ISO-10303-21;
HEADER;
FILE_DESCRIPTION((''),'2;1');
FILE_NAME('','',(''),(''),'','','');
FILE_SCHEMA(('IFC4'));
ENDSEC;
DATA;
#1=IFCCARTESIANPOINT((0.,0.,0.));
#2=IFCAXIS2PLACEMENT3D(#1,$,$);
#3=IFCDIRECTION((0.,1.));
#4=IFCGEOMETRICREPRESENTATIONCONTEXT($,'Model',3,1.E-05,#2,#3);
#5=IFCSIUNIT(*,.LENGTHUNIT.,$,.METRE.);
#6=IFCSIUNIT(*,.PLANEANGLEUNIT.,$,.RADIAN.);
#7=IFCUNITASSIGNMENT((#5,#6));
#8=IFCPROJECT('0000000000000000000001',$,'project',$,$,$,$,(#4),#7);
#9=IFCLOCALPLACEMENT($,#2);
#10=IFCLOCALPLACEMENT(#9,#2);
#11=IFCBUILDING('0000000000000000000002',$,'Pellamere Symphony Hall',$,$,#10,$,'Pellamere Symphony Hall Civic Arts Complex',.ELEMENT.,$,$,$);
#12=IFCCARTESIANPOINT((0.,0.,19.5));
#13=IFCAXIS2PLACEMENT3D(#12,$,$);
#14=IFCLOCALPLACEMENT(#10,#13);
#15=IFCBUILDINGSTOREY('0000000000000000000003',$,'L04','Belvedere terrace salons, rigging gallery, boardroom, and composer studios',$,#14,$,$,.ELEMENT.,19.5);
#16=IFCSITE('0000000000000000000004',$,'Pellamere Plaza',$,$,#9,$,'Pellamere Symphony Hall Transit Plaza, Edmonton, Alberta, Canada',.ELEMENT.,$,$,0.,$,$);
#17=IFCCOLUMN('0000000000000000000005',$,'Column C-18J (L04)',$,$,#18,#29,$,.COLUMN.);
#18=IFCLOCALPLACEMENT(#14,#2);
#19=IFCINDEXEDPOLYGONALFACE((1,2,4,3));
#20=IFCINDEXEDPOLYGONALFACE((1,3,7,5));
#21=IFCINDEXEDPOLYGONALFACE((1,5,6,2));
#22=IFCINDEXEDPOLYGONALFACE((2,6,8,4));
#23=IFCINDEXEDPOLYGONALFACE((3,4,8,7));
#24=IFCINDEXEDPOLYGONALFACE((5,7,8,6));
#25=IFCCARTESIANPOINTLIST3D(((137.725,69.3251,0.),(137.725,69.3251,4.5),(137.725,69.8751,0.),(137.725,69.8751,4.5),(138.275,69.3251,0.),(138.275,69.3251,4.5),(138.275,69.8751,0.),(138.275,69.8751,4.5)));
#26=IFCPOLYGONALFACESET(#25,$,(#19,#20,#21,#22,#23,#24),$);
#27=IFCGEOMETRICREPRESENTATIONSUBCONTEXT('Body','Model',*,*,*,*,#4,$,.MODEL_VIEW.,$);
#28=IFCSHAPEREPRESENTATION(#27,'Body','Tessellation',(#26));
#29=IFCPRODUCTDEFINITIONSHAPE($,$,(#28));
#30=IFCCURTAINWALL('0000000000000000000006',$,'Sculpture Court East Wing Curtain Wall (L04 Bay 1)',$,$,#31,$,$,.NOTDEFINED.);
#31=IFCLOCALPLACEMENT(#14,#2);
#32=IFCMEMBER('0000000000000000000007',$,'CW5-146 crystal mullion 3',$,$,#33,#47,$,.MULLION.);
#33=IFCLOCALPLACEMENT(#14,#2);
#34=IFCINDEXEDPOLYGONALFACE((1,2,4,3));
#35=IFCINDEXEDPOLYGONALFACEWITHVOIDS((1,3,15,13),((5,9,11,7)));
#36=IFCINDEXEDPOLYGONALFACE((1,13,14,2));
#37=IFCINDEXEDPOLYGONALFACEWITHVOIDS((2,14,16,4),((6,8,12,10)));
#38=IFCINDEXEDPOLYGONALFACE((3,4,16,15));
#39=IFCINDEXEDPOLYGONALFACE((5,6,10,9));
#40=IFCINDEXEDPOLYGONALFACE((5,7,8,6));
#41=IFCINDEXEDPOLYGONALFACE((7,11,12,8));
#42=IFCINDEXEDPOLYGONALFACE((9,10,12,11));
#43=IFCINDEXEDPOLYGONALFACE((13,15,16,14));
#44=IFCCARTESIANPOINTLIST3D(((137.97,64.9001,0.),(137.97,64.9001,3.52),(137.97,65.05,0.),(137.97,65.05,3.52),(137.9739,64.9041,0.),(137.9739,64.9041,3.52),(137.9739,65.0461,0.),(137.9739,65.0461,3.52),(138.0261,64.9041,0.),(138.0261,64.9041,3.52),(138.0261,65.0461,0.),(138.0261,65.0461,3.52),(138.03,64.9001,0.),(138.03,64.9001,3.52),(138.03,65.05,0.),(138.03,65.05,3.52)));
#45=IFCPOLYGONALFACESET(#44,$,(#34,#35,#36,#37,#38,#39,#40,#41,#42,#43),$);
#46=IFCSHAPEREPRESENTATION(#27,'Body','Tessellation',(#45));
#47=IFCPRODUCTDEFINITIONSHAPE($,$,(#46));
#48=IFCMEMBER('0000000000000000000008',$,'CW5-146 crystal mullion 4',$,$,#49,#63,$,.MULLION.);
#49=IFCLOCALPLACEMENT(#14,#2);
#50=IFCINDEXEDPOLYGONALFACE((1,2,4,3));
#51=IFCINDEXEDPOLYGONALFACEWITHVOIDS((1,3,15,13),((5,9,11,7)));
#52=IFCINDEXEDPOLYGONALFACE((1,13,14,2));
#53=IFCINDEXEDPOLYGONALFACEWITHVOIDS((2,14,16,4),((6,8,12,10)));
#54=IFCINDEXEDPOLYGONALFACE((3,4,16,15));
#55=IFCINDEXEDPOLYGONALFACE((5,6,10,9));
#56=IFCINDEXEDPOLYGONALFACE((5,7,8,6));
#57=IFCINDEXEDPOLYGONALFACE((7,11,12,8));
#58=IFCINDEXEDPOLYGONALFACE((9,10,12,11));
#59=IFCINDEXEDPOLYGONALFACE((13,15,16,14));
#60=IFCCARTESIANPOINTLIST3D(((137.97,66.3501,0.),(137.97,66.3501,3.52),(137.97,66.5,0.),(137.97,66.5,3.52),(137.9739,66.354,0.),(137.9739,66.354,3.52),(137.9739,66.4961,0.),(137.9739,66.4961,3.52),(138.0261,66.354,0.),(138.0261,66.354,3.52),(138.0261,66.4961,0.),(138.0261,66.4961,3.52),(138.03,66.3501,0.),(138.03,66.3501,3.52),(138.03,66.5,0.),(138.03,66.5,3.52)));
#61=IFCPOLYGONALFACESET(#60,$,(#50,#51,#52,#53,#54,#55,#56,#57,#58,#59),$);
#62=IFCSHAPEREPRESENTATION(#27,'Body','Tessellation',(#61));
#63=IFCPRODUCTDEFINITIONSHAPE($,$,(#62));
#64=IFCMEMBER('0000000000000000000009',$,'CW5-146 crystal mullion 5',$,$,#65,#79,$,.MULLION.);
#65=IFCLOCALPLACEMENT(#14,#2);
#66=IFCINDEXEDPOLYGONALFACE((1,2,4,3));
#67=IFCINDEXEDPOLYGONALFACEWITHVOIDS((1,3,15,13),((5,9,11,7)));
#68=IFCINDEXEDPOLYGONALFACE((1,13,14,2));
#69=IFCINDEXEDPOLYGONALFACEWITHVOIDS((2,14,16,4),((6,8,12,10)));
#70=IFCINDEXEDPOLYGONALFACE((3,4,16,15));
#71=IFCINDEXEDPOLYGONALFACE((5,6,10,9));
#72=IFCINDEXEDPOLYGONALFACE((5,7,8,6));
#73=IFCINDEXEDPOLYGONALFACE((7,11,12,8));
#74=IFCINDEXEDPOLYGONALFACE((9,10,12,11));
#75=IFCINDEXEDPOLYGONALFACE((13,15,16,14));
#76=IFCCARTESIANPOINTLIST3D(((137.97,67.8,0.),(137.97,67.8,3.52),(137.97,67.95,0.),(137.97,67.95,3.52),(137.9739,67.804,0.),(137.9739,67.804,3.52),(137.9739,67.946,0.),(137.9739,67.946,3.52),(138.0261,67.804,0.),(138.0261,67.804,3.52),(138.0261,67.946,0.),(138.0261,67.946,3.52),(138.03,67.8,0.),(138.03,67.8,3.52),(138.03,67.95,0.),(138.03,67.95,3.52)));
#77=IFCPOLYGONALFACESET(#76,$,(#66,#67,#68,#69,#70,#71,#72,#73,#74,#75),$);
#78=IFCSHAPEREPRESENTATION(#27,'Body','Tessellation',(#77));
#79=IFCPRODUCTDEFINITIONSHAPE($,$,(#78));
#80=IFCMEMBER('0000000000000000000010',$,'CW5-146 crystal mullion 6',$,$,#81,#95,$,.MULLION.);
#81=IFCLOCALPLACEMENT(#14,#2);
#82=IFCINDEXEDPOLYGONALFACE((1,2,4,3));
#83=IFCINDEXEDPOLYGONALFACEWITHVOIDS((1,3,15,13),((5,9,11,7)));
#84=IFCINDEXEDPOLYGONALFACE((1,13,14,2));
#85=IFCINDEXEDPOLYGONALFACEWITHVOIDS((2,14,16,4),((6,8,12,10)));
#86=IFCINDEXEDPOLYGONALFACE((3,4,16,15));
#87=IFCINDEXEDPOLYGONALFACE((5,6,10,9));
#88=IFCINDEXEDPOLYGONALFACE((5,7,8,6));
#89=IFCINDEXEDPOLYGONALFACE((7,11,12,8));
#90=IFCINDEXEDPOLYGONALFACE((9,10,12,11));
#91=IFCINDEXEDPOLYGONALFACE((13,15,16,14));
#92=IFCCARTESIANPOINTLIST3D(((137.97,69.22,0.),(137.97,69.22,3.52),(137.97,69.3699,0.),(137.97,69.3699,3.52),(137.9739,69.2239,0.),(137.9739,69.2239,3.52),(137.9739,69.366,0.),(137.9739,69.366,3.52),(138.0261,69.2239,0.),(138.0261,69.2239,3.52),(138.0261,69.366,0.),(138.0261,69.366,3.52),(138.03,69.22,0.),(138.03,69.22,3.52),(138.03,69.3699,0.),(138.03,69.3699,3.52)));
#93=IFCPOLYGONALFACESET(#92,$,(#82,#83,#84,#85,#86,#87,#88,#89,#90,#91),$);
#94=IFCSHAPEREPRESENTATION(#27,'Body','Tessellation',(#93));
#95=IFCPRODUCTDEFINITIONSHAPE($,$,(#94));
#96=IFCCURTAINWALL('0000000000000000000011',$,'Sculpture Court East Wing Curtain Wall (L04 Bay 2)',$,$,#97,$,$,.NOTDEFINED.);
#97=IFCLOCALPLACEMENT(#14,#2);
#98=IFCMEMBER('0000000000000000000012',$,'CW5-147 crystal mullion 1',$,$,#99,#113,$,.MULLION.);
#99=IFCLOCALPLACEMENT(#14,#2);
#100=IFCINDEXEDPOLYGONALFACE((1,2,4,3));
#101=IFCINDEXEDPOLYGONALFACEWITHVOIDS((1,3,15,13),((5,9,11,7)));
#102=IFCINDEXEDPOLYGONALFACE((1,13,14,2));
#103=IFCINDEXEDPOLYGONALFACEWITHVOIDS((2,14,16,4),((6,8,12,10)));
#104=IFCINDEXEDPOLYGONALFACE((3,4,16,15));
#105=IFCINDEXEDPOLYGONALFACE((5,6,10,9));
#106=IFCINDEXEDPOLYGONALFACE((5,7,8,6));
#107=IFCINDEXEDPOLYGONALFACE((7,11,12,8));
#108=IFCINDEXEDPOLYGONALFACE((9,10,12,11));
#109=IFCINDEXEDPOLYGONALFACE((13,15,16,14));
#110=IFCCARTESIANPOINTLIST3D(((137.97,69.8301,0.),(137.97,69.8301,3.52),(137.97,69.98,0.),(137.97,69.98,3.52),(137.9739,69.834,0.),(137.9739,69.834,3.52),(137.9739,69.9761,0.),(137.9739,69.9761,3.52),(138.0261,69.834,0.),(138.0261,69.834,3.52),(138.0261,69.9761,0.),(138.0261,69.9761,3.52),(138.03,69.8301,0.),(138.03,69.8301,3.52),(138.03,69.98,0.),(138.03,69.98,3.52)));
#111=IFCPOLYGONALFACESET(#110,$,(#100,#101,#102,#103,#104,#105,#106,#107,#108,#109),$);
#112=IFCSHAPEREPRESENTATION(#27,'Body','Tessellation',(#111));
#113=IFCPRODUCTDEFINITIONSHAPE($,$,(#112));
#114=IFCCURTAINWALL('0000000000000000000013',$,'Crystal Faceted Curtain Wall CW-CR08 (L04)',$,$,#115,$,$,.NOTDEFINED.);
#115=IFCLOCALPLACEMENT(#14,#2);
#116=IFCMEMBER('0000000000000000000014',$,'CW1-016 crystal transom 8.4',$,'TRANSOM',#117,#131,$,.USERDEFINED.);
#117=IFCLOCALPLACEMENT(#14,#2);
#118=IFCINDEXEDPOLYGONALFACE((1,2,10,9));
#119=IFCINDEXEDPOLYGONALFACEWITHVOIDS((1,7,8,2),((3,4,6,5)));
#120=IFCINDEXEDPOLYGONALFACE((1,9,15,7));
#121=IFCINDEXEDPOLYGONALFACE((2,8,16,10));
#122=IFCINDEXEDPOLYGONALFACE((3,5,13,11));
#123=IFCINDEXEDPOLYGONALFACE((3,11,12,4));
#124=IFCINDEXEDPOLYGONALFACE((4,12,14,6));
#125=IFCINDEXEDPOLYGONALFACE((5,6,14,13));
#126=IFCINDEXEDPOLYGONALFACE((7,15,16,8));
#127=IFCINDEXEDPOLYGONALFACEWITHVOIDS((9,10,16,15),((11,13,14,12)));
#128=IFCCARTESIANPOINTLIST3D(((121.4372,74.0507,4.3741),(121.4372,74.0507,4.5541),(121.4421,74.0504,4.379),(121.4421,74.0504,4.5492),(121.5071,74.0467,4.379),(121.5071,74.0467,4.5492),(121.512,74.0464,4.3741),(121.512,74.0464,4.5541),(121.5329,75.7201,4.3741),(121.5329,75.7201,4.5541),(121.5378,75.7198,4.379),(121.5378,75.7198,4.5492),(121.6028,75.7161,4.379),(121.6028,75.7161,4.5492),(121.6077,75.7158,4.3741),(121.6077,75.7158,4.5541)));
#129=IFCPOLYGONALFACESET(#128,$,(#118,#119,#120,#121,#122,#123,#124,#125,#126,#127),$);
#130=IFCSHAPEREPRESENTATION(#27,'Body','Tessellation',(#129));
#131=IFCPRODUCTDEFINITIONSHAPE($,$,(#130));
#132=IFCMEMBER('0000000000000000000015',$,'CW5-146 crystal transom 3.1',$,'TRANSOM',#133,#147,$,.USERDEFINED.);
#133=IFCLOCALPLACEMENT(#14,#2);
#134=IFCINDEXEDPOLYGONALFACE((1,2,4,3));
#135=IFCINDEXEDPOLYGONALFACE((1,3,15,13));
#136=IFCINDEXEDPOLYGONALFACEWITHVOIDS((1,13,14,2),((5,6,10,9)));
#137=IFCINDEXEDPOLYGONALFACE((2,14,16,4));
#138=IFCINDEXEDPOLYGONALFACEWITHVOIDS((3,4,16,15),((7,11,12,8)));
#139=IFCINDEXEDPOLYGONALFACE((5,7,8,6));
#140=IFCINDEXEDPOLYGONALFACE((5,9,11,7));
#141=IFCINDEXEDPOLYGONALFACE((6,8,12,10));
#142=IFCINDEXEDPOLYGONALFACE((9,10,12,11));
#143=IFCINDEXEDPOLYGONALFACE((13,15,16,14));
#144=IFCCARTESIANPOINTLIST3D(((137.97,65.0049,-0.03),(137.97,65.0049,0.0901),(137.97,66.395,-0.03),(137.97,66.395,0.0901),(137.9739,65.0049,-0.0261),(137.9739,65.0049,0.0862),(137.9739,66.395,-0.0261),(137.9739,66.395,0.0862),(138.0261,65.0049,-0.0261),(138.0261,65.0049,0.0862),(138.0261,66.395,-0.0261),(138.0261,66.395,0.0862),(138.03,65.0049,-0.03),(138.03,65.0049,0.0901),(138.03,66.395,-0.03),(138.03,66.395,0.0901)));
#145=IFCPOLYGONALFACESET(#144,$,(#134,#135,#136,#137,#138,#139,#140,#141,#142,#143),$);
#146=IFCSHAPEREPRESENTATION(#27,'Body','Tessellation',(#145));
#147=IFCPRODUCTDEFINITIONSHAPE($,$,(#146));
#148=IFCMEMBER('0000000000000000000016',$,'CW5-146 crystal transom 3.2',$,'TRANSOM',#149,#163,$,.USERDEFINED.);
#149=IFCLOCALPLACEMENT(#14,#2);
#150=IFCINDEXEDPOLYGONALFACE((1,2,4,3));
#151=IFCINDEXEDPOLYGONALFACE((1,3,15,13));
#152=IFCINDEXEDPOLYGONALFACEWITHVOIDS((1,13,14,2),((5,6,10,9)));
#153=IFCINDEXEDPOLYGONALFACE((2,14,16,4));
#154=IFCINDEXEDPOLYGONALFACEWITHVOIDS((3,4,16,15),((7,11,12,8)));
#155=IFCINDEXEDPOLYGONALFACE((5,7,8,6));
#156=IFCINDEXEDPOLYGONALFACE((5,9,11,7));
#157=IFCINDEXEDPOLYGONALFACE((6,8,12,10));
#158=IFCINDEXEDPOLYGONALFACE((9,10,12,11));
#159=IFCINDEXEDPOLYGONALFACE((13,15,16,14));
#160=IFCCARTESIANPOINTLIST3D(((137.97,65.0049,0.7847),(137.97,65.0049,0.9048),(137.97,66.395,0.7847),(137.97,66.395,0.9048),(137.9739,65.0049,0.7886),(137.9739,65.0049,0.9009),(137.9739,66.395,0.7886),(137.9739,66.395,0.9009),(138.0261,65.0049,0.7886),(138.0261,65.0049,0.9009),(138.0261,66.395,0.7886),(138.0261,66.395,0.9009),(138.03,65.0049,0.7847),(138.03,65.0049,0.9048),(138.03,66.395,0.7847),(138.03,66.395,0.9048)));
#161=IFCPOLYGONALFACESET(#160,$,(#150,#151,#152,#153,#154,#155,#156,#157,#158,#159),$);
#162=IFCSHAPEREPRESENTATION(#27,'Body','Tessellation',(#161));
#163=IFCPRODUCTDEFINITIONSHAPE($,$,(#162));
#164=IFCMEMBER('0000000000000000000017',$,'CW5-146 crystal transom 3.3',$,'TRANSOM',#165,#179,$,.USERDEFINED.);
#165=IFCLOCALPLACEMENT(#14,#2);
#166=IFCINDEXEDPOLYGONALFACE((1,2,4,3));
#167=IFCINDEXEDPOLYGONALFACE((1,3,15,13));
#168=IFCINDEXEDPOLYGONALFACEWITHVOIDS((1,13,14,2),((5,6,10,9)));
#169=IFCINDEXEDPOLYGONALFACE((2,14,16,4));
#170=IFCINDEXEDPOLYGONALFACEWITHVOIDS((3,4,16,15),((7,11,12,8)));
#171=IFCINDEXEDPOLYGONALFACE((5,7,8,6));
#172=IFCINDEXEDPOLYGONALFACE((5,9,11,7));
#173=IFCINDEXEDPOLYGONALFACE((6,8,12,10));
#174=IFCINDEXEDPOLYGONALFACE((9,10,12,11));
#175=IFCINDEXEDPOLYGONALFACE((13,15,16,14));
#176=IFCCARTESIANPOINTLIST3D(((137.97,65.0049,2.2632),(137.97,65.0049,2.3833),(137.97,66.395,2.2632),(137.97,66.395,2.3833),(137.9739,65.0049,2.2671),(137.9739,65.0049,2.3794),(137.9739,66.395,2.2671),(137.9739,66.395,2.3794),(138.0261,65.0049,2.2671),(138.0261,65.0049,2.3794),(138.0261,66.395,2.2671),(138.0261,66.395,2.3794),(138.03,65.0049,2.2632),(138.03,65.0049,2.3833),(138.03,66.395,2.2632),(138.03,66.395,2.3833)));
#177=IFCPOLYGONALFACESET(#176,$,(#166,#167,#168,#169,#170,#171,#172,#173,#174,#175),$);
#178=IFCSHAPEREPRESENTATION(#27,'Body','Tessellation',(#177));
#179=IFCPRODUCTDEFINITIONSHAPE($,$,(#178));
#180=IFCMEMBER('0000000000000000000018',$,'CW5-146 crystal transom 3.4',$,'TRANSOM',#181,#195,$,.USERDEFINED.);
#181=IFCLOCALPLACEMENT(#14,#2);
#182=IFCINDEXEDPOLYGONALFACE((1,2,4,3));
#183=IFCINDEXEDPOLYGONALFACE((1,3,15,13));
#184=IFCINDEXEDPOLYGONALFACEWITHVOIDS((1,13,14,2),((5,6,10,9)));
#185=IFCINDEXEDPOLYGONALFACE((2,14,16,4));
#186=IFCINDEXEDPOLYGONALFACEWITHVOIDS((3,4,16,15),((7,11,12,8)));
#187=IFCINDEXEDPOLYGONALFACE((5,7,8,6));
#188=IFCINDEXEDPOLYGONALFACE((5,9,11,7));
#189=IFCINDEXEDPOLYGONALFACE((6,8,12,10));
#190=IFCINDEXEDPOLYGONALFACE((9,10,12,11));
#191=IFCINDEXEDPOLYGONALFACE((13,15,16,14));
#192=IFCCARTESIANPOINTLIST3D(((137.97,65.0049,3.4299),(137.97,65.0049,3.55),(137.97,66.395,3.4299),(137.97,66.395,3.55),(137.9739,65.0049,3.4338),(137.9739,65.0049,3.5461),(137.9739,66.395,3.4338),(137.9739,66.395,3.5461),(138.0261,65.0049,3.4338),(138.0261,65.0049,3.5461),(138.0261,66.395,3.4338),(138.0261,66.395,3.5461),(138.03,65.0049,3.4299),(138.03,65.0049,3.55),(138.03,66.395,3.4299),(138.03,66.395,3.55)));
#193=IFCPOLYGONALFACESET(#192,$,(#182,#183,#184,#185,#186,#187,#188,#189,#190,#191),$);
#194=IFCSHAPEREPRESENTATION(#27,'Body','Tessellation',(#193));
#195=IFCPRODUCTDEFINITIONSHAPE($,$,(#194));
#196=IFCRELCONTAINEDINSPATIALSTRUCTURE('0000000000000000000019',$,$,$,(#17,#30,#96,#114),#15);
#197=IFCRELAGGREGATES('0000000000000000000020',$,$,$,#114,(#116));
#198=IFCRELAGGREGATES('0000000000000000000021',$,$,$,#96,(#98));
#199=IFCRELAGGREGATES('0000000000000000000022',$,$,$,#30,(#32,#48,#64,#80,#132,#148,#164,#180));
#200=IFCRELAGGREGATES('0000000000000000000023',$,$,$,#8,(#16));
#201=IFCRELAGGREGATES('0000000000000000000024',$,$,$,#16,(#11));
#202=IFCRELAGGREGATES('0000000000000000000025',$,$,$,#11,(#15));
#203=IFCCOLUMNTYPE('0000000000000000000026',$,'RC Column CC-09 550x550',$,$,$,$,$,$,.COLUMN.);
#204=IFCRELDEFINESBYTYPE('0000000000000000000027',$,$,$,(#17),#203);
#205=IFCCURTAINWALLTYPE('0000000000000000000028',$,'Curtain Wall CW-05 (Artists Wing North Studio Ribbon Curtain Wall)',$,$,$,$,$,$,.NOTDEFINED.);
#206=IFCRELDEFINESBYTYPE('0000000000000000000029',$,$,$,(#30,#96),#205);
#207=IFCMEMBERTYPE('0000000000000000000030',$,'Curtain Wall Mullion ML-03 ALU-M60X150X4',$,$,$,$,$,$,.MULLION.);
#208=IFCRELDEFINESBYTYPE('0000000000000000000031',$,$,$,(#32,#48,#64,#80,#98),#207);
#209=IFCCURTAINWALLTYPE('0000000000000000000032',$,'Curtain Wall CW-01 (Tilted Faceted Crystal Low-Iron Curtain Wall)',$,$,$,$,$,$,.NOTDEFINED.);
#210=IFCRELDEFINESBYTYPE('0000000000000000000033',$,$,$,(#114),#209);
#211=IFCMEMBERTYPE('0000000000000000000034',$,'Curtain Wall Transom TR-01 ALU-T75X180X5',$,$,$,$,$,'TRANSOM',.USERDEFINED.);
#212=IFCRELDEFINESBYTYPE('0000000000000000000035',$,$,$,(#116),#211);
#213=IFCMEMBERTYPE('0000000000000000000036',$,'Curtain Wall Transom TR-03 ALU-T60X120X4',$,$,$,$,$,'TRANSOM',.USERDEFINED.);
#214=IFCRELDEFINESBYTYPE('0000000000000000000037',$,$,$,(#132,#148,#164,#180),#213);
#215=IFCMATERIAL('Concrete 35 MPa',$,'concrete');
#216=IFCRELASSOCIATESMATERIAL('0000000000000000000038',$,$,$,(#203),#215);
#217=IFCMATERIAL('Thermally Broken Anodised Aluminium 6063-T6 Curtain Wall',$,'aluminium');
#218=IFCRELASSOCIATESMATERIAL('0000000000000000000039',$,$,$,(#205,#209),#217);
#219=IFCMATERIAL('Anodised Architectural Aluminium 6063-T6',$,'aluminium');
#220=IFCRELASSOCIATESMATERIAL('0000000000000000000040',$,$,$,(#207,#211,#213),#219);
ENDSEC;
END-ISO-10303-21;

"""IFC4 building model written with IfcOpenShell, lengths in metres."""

from ifc_helpers import new_model, si_unit, direction, frame, origin, origin_2d, place, context, subcontext, project, spatial, rectangle, hollow_rectangle, extrude, material, material_profile, profile_set, type_object, element, aggregate, save


model = new_model("IFC4")

# Units and contexts
model_context = context("Model", 3, precision=1e-05, world=origin(), true_north=direction((0.0, 1.0)))
body_context = subcontext(model_context, "Body", "Model", "MODEL_VIEW")
ifc_project = project(units=[si_unit("LENGTHUNIT", "METRE"), si_unit("PLANEANGLEUNIT", "RADIAN")], contexts=[model_context])

# Site, building, storey
site_placement = place(None, origin())
site = spatial("IfcSite", under=ifc_project, at=site_placement, Name="Pellamere Plaza", LongName="Pellamere Symphony Hall Transit Plaza, Edmonton, Alberta, Canada", CompositionType="ELEMENT", RefElevation=0.0)
building_placement = place(site_placement, origin())
building = spatial("IfcBuilding", under=site, at=building_placement, Name="Pellamere Symphony Hall", LongName="Pellamere Symphony Hall Civic Arts Complex", CompositionType="ELEMENT")
storey_placement = place(building_placement, frame((0.0, 0.0, 19.5)))
storey = spatial("IfcBuildingStorey", under=building, at=storey_placement, Name="L04", Description="Belvedere terrace salons, rigging gallery, boardroom, and composer studios", CompositionType="ELEMENT", Elevation=19.5)

# Column
ifc_material_1 = material(Name="Concrete 35 MPa", Category="concrete")
ifc_material_profile_1 = material_profile(ifc_material_1, rectangle(XDim=0.55, YDim=0.55, at=origin_2d()), Name="RC 550x550")
ifc_profile_set_1 = profile_set([ifc_material_profile_1], Name="Concrete 35 MPa")
column_type = type_object("IfcColumnType", Name="RC Column CC-09 550x550", PredefinedType="COLUMN", material=ifc_profile_set_1)
column_placement = place(storey_placement, frame((138.0, 69.6001, 0.0), z_axis=(0.0, 0.0, 1.0), x_axis=(1.0, 0.0, 0.0)))
element("IfcColumn", 1, at=column_placement, inside=storey, type_object=column_type, Name="Column C-18J (L04)", PredefinedType="COLUMN", context=body_context, shape_type="SweptSolid", body=[
    extrude(rectangle(XDim=0.55, YDim=0.55, at=origin_2d()), origin(), (0.0, 0.0, 1.0), 4.5),
])

# Curtain wall, members
ifc_material_2 = material(Name="Thermally Broken Anodised Aluminium 6063-T6 Curtain Wall", Category="aluminium")
curtain_wall_type_1 = type_object("IfcCurtainWallType", Name="Curtain Wall CW-05 (Artists Wing North Studio Ribbon Curtain Wall)", PredefinedType="NOTDEFINED", material=ifc_material_2)
curtain_wall_1_placement = place(storey_placement, origin())
curtain_wall_1 = element("IfcCurtainWall", 2, at=curtain_wall_1_placement, inside=storey, type_object=curtain_wall_type_1, Name="Sculpture Court East Wing Curtain Wall (L04 Bay 1)", PredefinedType="NOTDEFINED")
ifc_material_3 = material(Name="Anodised Architectural Aluminium 6063-T6", Category="aluminium")
ifc_material_profile_2 = material_profile(ifc_material_3, hollow_rectangle(XDim=0.0601, YDim=0.1499, WallThickness=0.0039, at=origin_2d()), Name="ALU-M60X150X4")
ifc_profile_set_2 = profile_set([ifc_material_profile_2], Name="Anodised Architectural Aluminium 6063-T6")
member_type_1 = type_object("IfcMemberType", Name="Curtain Wall Mullion ML-03 ALU-M60X150X4", PredefinedType="MULLION", material=ifc_profile_set_2)
member_1_placement = place(storey_placement, frame((138.0, 64.9751, 0.0), z_axis=(0.0, 0.0, 1.0), x_axis=(-1.0, 0.0, 0.0)))
member_1 = element("IfcMember", 3, at=member_1_placement, type_object=member_type_1, Name="CW5-146 crystal mullion 3", PredefinedType="MULLION", context=body_context, shape_type="SweptSolid", body=[
    extrude(hollow_rectangle(XDim=0.0601, YDim=0.1499, WallThickness=0.0039, at=origin_2d()), origin(), (0.0, 0.0, 1.0), 3.52),
])
member_2_placement = place(storey_placement, frame((138.0, 66.425, 0.0), z_axis=(0.0, 0.0, 1.0), x_axis=(-1.0, 0.0, 0.0)))
member_2 = element("IfcMember", 4, at=member_2_placement, type_object=member_type_1, Name="CW5-146 crystal mullion 4", PredefinedType="MULLION", context=body_context, shape_type="SweptSolid", body=[
    extrude(hollow_rectangle(XDim=0.0601, YDim=0.1499, WallThickness=0.0039, at=origin_2d()), origin(), (0.0, 0.0, 1.0), 3.52),
])
member_3_placement = place(storey_placement, frame((138.0, 67.875, 0.0), z_axis=(0.0, 0.0, 1.0), x_axis=(-1.0, 0.0, 0.0)))
member_3 = element("IfcMember", 5, at=member_3_placement, type_object=member_type_1, Name="CW5-146 crystal mullion 5", PredefinedType="MULLION", context=body_context, shape_type="SweptSolid", body=[
    extrude(hollow_rectangle(XDim=0.0601, YDim=0.1499, WallThickness=0.0039, at=origin_2d()), origin(), (0.0, 0.0, 1.0), 3.52),
])
member_4_placement = place(storey_placement, frame((138.0, 69.2949, 0.0), z_axis=(0.0, 0.0, 1.0), x_axis=(-1.0, 0.0, 0.0)))
member_4 = element("IfcMember", 6, at=member_4_placement, type_object=member_type_1, Name="CW5-146 crystal mullion 6", PredefinedType="MULLION", context=body_context, shape_type="SweptSolid", body=[
    extrude(hollow_rectangle(XDim=0.0601, YDim=0.1499, WallThickness=0.0039, at=origin_2d()), origin(), (0.0, 0.0, 1.0), 3.52),
])

# Curtain walls, members
curtain_wall_2_placement = place(storey_placement, origin())
curtain_wall_2 = element("IfcCurtainWall", 7, at=curtain_wall_2_placement, inside=storey, type_object=curtain_wall_type_1, Name="Sculpture Court East Wing Curtain Wall (L04 Bay 2)", PredefinedType="NOTDEFINED")
member_5_placement = place(storey_placement, frame((138.0, 69.905, 0.0), z_axis=(0.0, 0.0, 1.0), x_axis=(-1.0, 0.0, 0.0)))
member_5 = element("IfcMember", 8, at=member_5_placement, type_object=member_type_1, Name="CW5-147 crystal mullion 1", PredefinedType="MULLION", context=body_context, shape_type="SweptSolid", body=[
    extrude(hollow_rectangle(XDim=0.0601, YDim=0.1499, WallThickness=0.0039, at=origin_2d()), origin(), (0.0, 0.0, 1.0), 3.52),
])
curtain_wall_type_2 = type_object("IfcCurtainWallType", Name="Curtain Wall CW-01 (Tilted Faceted Crystal Low-Iron Curtain Wall)", PredefinedType="NOTDEFINED", material=ifc_material_2)
curtain_wall_3_placement = place(storey_placement, origin())
curtain_wall_3 = element("IfcCurtainWall", 9, at=curtain_wall_3_placement, inside=storey, type_object=curtain_wall_type_2, Name="Crystal Faceted Curtain Wall CW-CR08 (L04)", PredefinedType="NOTDEFINED")
ifc_material_profile_3 = material_profile(ifc_material_3, hollow_rectangle(XDim=0.075, YDim=0.1799, WallThickness=0.0049, at=origin_2d()), Name="ALU-T75X180X5")
ifc_profile_set_3 = profile_set([ifc_material_profile_3], Name="Anodised Architectural Aluminium 6063-T6")
member_type_2 = type_object("IfcMemberType", Name="Curtain Wall Transom TR-01 ALU-T75X180X5", ElementType="TRANSOM", PredefinedType="USERDEFINED", material=ifc_profile_set_3)
member_6_placement = place(storey_placement, frame((121.4746, 74.0486, 4.4641), z_axis=(0.057233, 0.998361, 0.0), x_axis=(-0.998361, 0.057233, 0.0)))
member_6 = element("IfcMember", 10, at=member_6_placement, type_object=member_type_2, Name="CW1-016 crystal transom 8.4", ObjectType="TRANSOM", PredefinedType="USERDEFINED", context=body_context, shape_type="SweptSolid", body=[
    extrude(hollow_rectangle(XDim=0.075, YDim=0.1799, WallThickness=0.0049, at=origin_2d()), origin(), (0.0, 0.0, 1.0), 1.6721),
])
aggregate(curtain_wall_3, [member_6])

# Members
ifc_material_profile_4 = material_profile(ifc_material_3, hollow_rectangle(XDim=0.0601, YDim=0.1201, WallThickness=0.0039, at=origin_2d()), Name="ALU-T60X120X4")
ifc_profile_set_4 = profile_set([ifc_material_profile_4], Name="Anodised Architectural Aluminium 6063-T6")
member_type_3 = type_object("IfcMemberType", Name="Curtain Wall Transom TR-03 ALU-T60X120X4", ElementType="TRANSOM", PredefinedType="USERDEFINED", material=ifc_profile_set_4)
member_7_placement = place(storey_placement, frame((138.0, 65.0049, 0.03), z_axis=(0.0, 1.0, 0.0), x_axis=(-1.0, 0.0, 0.0)))
member_7 = element("IfcMember", 11, at=member_7_placement, type_object=member_type_3, Name="CW5-146 crystal transom 3.1", ObjectType="TRANSOM", PredefinedType="USERDEFINED", context=body_context, shape_type="SweptSolid", body=[
    extrude(hollow_rectangle(XDim=0.0601, YDim=0.1201, WallThickness=0.0039, at=origin_2d()), origin(), (0.0, 0.0, 1.0), 1.3901),
])
member_8_placement = place(storey_placement, frame((138.0, 65.0049, 0.8447), z_axis=(0.0, 1.0, 0.0), x_axis=(-1.0, 0.0, 0.0)))
member_8 = element("IfcMember", 12, at=member_8_placement, type_object=member_type_3, Name="CW5-146 crystal transom 3.2", ObjectType="TRANSOM", PredefinedType="USERDEFINED", context=body_context, shape_type="SweptSolid", body=[
    extrude(hollow_rectangle(XDim=0.0601, YDim=0.1201, WallThickness=0.0039, at=origin_2d()), origin(), (0.0, 0.0, 1.0), 1.3901),
])
member_9_placement = place(storey_placement, frame((138.0, 65.0049, 2.3232), z_axis=(0.0, 1.0, 0.0), x_axis=(-1.0, 0.0, 0.0)))
member_9 = element("IfcMember", 13, at=member_9_placement, type_object=member_type_3, Name="CW5-146 crystal transom 3.3", ObjectType="TRANSOM", PredefinedType="USERDEFINED", context=body_context, shape_type="SweptSolid", body=[
    extrude(hollow_rectangle(XDim=0.0601, YDim=0.1201, WallThickness=0.0039, at=origin_2d()), origin(), (0.0, 0.0, 1.0), 1.3901),
])
member_10_placement = place(storey_placement, frame((138.0, 65.0049, 3.49), z_axis=(0.0, 1.0, 0.0), x_axis=(-1.0, 0.0, 0.0)))
member_10 = element("IfcMember", 14, at=member_10_placement, type_object=member_type_3, Name="CW5-146 crystal transom 3.4", ObjectType="TRANSOM", PredefinedType="USERDEFINED", context=body_context, shape_type="SweptSolid", body=[
    extrude(hollow_rectangle(XDim=0.0601, YDim=0.1201, WallThickness=0.0039, at=origin_2d()), origin(), (0.0, 0.0, 1.0), 1.3901),
])
aggregate(curtain_wall_2, [member_5])

aggregate(curtain_wall_1, [member_1, member_2, member_3, member_4, member_7, member_8, member_9, member_10])

save(model, "model.ifc")
